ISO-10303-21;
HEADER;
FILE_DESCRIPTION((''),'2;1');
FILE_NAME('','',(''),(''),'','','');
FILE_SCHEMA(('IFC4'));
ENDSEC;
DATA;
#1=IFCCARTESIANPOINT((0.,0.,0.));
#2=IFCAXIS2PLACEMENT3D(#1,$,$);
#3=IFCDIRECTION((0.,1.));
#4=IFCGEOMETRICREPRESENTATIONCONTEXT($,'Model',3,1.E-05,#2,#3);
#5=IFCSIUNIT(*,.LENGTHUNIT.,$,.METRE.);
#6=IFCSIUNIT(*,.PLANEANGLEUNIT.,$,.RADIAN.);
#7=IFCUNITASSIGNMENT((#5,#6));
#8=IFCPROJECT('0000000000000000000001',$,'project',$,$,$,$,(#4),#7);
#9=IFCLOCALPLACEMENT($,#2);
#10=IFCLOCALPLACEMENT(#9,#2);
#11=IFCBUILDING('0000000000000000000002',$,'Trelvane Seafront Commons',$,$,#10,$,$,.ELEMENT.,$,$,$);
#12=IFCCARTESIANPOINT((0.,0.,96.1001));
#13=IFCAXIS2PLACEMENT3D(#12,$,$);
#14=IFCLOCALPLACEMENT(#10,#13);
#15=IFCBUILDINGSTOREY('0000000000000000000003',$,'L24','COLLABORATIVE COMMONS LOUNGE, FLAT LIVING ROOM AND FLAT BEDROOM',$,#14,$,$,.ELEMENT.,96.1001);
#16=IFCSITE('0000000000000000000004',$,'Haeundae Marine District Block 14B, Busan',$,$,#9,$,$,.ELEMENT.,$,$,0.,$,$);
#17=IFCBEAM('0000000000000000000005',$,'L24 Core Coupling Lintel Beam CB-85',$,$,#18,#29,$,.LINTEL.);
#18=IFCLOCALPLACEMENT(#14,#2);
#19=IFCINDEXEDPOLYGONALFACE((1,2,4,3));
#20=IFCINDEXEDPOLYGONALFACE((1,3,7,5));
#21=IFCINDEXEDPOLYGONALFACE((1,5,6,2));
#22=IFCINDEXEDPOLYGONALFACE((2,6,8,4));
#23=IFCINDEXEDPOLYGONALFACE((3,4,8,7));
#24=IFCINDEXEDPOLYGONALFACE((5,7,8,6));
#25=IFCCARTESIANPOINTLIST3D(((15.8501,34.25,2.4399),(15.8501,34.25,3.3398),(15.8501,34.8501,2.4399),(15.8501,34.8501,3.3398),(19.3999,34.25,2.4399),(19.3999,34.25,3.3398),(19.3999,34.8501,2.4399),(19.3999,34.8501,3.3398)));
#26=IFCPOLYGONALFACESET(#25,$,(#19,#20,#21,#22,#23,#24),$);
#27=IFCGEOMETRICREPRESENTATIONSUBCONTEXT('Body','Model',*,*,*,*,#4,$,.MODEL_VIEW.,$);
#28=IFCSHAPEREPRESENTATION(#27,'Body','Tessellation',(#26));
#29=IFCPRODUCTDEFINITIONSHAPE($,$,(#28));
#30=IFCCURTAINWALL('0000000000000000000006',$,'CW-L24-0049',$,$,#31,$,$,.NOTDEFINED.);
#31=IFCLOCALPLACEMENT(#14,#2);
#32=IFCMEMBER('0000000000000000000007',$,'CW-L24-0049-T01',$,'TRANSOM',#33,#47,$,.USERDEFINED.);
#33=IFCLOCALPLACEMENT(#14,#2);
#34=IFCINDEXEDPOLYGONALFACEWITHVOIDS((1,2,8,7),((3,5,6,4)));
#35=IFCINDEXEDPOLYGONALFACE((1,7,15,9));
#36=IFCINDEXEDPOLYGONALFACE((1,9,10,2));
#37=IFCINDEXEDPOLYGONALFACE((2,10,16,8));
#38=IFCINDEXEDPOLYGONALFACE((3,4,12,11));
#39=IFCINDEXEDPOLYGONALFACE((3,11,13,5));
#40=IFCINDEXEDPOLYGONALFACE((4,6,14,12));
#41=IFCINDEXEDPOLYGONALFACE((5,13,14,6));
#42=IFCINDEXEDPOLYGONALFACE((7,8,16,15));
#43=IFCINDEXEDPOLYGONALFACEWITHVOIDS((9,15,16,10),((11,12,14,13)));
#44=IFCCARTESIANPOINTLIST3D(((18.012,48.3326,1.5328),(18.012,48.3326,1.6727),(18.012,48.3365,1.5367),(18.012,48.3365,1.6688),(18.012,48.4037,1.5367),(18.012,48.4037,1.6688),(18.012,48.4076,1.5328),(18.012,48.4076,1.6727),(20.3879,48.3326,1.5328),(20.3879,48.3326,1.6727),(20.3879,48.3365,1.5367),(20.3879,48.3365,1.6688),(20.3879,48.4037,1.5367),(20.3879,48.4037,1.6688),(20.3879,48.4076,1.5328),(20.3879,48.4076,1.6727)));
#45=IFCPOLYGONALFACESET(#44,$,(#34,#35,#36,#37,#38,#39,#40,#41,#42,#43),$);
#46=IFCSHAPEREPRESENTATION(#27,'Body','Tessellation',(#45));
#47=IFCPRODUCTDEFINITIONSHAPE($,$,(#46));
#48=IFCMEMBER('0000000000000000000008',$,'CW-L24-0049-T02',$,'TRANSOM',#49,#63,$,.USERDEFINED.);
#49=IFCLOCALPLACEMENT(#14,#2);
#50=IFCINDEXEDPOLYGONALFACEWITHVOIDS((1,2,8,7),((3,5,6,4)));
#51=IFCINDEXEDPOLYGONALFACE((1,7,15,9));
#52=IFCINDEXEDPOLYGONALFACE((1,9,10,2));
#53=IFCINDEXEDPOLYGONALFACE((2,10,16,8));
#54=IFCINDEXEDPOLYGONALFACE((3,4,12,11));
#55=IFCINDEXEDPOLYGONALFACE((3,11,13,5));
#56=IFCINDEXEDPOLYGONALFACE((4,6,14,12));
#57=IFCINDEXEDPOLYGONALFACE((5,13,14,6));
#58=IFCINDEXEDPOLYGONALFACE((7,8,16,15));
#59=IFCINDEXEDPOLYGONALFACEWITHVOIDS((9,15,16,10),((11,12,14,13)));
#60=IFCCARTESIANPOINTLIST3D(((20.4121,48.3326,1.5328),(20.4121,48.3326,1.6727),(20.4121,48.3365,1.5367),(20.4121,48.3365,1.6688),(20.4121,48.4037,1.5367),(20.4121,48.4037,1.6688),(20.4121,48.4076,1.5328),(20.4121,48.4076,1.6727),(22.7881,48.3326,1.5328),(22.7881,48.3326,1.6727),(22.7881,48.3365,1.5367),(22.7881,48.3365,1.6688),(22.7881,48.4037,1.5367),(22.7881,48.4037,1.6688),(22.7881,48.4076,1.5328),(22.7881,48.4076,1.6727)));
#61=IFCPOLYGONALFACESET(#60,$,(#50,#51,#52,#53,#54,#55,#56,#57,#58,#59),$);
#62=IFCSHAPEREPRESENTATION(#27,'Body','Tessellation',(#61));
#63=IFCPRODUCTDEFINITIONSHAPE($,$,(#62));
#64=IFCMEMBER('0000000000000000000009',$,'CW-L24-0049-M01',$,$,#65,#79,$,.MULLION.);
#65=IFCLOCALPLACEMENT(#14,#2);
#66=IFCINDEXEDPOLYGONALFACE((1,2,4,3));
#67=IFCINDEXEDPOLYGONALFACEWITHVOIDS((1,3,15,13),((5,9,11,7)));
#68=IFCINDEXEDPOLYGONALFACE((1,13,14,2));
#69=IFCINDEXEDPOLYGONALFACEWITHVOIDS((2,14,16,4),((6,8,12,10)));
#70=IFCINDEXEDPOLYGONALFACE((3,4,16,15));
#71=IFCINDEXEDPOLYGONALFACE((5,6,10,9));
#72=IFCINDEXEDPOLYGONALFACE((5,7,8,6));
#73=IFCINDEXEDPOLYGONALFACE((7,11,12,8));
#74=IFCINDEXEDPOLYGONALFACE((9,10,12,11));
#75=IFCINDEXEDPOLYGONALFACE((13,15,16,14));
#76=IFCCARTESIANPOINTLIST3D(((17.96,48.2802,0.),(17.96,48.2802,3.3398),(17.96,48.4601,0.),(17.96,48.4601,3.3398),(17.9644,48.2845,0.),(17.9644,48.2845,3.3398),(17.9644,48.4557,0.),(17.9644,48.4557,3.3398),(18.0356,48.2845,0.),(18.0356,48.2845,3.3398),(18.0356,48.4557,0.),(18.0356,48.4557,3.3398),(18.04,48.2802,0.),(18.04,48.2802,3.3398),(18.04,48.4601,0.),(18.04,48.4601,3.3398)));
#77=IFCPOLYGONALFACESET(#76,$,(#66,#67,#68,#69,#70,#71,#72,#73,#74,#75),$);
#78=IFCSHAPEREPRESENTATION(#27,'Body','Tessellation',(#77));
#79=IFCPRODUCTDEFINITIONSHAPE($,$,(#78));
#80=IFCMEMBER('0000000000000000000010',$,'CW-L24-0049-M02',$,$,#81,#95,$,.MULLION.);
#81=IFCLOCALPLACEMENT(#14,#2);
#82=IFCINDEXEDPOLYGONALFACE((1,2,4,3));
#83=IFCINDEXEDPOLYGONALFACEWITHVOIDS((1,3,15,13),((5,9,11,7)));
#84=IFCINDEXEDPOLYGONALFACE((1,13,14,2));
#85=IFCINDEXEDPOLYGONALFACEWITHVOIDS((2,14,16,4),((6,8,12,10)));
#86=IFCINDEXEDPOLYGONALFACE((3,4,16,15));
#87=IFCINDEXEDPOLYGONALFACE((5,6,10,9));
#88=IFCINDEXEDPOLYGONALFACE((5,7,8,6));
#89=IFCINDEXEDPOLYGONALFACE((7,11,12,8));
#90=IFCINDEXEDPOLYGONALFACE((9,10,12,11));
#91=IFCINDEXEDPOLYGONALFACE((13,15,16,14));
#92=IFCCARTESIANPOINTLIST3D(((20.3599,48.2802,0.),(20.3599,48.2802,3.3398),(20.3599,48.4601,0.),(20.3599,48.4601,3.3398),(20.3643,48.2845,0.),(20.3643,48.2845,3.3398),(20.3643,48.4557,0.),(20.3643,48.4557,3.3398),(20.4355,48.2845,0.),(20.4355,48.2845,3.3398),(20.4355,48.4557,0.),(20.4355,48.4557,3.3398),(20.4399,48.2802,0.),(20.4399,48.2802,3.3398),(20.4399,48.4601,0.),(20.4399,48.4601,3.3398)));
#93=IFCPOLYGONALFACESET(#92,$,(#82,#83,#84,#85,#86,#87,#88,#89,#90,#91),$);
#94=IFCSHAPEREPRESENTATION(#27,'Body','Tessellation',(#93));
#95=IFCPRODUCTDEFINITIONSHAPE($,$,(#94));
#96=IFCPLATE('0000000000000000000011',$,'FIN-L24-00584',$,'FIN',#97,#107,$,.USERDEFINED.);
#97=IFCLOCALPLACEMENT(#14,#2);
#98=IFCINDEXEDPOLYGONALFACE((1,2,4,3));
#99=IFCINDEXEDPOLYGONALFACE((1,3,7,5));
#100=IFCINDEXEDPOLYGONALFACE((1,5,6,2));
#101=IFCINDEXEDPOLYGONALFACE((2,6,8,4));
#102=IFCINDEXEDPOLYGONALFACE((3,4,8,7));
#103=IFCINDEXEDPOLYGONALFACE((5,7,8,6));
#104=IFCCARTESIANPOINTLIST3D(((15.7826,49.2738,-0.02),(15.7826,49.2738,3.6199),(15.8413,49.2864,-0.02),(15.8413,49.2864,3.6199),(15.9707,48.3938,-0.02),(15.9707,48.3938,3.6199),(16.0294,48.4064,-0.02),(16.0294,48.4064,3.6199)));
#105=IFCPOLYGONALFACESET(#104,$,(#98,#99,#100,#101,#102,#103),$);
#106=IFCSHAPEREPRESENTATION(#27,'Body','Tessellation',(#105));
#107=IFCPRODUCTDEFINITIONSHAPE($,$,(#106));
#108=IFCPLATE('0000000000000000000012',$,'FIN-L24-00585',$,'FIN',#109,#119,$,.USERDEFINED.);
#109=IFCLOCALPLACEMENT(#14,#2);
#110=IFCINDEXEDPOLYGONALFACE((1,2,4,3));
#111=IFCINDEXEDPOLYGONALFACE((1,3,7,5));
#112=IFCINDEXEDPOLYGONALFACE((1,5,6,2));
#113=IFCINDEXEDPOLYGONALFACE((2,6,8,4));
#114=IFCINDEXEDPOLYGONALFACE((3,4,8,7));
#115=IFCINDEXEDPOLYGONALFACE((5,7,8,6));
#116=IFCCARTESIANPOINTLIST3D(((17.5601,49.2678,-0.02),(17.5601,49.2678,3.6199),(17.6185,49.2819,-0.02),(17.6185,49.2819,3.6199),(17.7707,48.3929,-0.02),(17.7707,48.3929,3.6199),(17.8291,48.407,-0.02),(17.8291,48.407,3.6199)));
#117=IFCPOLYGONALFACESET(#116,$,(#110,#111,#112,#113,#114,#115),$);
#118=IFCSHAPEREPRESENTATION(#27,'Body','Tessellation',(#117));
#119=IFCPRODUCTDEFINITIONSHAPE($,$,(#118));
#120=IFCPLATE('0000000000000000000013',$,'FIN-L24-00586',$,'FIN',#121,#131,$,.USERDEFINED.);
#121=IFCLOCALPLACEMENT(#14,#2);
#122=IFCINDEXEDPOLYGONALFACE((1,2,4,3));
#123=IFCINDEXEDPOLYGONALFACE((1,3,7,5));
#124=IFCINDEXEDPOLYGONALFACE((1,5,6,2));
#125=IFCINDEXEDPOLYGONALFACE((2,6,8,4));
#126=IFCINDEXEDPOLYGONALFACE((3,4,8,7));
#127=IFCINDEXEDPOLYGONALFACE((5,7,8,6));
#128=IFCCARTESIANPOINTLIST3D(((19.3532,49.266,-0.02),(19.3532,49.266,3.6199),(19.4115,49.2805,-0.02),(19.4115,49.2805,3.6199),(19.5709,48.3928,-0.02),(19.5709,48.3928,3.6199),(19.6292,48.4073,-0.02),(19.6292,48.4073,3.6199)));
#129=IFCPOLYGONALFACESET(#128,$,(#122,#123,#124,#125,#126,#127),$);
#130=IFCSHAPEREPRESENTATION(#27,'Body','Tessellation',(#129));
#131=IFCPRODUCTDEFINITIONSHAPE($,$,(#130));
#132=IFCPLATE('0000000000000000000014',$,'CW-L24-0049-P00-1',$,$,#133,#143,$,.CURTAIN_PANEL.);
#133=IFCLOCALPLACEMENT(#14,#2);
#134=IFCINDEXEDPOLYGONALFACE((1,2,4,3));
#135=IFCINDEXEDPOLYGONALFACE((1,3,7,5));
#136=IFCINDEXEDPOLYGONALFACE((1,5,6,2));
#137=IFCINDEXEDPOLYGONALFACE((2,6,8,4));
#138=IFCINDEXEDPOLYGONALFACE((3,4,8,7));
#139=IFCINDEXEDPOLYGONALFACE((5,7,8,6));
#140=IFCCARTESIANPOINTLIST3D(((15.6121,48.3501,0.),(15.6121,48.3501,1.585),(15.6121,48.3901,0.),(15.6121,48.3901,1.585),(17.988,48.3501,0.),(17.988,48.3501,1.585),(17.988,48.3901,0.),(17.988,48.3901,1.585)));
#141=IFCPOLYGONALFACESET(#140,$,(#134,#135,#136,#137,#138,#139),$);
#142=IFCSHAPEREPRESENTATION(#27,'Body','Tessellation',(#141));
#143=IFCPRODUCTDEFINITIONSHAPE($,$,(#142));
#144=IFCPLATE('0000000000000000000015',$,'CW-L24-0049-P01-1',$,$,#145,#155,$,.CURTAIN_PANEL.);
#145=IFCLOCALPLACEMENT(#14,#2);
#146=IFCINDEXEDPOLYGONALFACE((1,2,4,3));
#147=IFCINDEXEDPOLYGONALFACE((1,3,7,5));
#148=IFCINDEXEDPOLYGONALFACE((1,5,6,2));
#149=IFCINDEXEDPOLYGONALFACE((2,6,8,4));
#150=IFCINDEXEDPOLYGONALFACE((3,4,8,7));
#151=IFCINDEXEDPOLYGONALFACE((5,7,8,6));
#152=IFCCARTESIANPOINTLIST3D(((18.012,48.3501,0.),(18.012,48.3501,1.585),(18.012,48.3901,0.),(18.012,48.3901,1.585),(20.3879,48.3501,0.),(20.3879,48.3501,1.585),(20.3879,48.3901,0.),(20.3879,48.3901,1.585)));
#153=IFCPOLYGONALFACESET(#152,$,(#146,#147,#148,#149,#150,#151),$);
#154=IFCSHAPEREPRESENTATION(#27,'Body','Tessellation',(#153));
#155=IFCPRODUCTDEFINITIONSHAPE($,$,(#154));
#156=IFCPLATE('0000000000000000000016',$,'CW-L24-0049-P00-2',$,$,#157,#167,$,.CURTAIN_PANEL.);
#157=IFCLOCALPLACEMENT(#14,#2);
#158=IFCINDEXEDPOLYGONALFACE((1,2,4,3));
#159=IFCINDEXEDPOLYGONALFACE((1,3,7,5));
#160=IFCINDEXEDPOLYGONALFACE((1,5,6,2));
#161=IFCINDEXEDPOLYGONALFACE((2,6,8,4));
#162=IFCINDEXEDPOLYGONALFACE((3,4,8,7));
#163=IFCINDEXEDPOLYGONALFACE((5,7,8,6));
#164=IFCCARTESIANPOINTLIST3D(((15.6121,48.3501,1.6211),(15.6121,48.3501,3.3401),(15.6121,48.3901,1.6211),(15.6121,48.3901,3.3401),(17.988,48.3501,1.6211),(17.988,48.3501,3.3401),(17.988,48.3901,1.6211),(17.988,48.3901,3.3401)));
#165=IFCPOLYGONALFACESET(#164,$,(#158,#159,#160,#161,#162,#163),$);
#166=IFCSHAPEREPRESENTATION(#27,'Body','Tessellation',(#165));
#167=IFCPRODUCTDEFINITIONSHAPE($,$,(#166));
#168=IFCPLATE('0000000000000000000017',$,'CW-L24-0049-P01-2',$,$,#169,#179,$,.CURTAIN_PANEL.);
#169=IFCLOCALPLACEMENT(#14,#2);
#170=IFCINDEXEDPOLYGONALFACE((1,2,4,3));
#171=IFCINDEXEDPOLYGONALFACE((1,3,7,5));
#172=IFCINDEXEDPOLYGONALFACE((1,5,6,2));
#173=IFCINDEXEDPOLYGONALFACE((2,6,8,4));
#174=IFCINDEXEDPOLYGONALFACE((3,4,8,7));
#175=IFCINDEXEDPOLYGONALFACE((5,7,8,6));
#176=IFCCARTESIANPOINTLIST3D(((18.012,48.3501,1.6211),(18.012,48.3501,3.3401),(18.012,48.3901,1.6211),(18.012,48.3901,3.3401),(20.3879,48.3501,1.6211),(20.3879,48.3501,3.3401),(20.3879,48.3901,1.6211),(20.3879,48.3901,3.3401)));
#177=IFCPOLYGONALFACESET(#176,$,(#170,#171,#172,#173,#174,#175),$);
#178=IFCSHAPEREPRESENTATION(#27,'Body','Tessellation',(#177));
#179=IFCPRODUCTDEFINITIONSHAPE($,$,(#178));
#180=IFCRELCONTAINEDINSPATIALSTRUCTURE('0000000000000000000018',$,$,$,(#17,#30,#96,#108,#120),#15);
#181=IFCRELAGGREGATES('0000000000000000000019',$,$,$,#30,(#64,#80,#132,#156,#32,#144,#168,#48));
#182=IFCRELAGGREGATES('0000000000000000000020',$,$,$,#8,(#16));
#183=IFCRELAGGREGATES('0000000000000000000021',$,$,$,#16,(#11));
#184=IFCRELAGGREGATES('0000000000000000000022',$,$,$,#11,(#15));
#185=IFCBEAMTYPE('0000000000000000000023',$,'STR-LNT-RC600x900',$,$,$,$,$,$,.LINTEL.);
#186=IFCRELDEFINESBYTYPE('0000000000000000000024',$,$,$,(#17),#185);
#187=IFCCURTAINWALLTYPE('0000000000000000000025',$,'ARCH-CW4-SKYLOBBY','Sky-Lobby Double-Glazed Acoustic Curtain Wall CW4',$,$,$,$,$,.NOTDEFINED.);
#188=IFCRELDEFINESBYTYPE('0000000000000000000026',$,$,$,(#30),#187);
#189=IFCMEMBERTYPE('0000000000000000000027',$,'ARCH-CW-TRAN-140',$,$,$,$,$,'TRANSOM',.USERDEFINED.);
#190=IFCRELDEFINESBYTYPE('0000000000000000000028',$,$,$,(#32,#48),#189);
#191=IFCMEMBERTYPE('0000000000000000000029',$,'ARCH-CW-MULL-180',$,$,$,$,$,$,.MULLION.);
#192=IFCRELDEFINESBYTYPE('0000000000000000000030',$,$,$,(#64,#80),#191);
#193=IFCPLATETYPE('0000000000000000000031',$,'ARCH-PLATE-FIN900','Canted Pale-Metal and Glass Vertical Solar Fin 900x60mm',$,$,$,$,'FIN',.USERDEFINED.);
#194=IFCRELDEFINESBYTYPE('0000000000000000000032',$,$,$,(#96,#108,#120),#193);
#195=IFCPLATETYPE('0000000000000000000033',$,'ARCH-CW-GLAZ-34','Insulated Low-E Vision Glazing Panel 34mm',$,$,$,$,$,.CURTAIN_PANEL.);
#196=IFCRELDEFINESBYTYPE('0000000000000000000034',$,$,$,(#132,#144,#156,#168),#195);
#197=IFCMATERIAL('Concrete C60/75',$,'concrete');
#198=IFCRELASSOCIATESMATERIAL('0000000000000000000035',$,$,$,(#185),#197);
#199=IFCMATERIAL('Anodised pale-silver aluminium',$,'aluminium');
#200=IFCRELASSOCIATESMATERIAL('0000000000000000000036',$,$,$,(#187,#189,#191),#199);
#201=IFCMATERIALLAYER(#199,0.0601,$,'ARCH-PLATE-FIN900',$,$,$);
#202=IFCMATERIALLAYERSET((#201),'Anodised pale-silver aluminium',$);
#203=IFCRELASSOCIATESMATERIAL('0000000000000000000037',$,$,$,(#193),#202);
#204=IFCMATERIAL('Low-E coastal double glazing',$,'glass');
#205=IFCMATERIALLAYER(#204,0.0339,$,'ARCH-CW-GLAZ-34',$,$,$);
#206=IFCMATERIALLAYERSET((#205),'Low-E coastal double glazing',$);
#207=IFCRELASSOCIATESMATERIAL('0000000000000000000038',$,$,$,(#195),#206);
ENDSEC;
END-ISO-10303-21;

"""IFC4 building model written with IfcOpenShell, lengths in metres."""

from ifc_helpers import new_model, si_unit, direction, frame, origin, origin_2d, place, context, subcontext, project, spatial, rectangle, hollow_rectangle, extrude, source, transform, mapped, material, layer, layer_set, material_profile, profile_set, type_object, element, aggregate, save


model = new_model("IFC4")

# Units and contexts
model_context = context("Model", 3, precision=1e-05, world=origin(), true_north=direction((0.0, 1.0)))
body_context = subcontext(model_context, "Body", "Model", "MODEL_VIEW")
ifc_project = project(units=[si_unit("LENGTHUNIT", "METRE"), si_unit("PLANEANGLEUNIT", "RADIAN")], contexts=[model_context])

# Site, building, storey
site_placement = place(None, origin())
site = spatial("IfcSite", under=ifc_project, at=site_placement, Name="Haeundae Marine District Block 14B, Busan", CompositionType="ELEMENT", RefElevation=0.0)
building_placement = place(site_placement, origin())
building = spatial("IfcBuilding", under=site, at=building_placement, Name="Trelvane Seafront Commons", CompositionType="ELEMENT")
storey_placement = place(building_placement, frame((0.0, 0.0, 96.1001)))
storey = spatial("IfcBuildingStorey", under=building, at=storey_placement, Name="L24", Description="COLLABORATIVE COMMONS LOUNGE, FLAT LIVING ROOM AND FLAT BEDROOM", CompositionType="ELEMENT", Elevation=96.1001)

# Beam
ifc_material_1 = material(Name="Concrete C60/75", Category="concrete")
ifc_material_profile_1 = material_profile(ifc_material_1, rectangle(XDim=0.6001, YDim=0.8999, at=origin_2d()), Name="RC-600x900")
ifc_profile_set_1 = profile_set([ifc_material_profile_1], Name="Concrete C60/75")
beam_type = type_object("IfcBeamType", Name="STR-LNT-RC600x900", PredefinedType="LINTEL", material=ifc_profile_set_1)
shared_shape_1 = source(origin(), body_context, "Body", "SweptSolid", [
    extrude(rectangle(XDim=0.6001, YDim=0.8999, at=origin_2d()), origin(), (0.0, 0.0, 1.0), 3.5498),
])
beam_placement = place(storey_placement, frame((15.8501, 34.55, 2.8899), z_axis=(1.0, 0.0, 0.0), x_axis=(0.0, 1.0, 0.0)))
element("IfcBeam", 1, at=beam_placement, inside=storey, type_object=beam_type, Name="L24 Core Coupling Lintel Beam CB-85", PredefinedType="LINTEL", context=body_context, shape_type="MappedRepresentation", body=[
    mapped(shared_shape_1, transform((0.0, 0.0, 0.0), x_axis=(1.0, 0.0, 0.0), y_axis=(0.0, 1.0, 0.0), z_axis=(0.0, 0.0, 1.0), scale=1.0)),
])

# Curtain wall, members
ifc_material_2 = material(Name="Anodised pale-silver aluminium", Category="aluminium")
curtain_wall_type = type_object("IfcCurtainWallType", Name="ARCH-CW4-SKYLOBBY", Description="Sky-Lobby Double-Glazed Acoustic Curtain Wall CW4", PredefinedType="NOTDEFINED", material=ifc_material_2)
curtain_wall_placement = place(storey_placement, origin())
curtain_wall = element("IfcCurtainWall", 2, at=curtain_wall_placement, inside=storey, type_object=curtain_wall_type, Name="CW-L24-0049", PredefinedType="NOTDEFINED")
ifc_material_profile_2 = material_profile(ifc_material_2, hollow_rectangle(XDim=0.075, YDim=0.1399, WallThickness=0.0039, at=origin_2d()), Name="TRAN-75x140x4")
ifc_profile_set_2 = profile_set([ifc_material_profile_2], Name="Anodised pale-silver aluminium")
member_type_1 = type_object("IfcMemberType", Name="ARCH-CW-TRAN-140", ElementType="TRANSOM", PredefinedType="USERDEFINED", material=ifc_profile_set_2)
shared_shape_2 = source(origin(), body_context, "Body", "SweptSolid", [
    extrude(hollow_rectangle(XDim=0.075, YDim=0.1399, WallThickness=0.0039, at=origin_2d()), origin(), (0.0, 0.0, 1.0), 2.376),
])
member_1_placement = place(storey_placement, frame((18.012, 48.3701, 1.6028), z_axis=(1.0, 0.0, 0.0), x_axis=(0.0, 1.0, 0.0)))
member_1 = element("IfcMember", 3, at=member_1_placement, type_object=member_type_1, Name="CW-L24-0049-T01", ObjectType="TRANSOM", PredefinedType="USERDEFINED", context=body_context, shape_type="MappedRepresentation", body=[
    mapped(shared_shape_2, transform((0.0, 0.0, 0.0), x_axis=(1.0, 0.0, 0.0), y_axis=(0.0, 1.0, 0.0), z_axis=(0.0, 0.0, 1.0), scale=1.0)),
])
member_2_placement = place(storey_placement, frame((20.4121, 48.3701, 1.6028), z_axis=(1.0, 0.0, 0.0), x_axis=(0.0, 1.0, 0.0)))
member_2 = element("IfcMember", 4, at=member_2_placement, type_object=member_type_1, Name="CW-L24-0049-T02", ObjectType="TRANSOM", PredefinedType="USERDEFINED", context=body_context, shape_type="MappedRepresentation", body=[
    mapped(shared_shape_2, transform((0.0, 0.0, 0.0), x_axis=(1.0, 0.0, 0.0), y_axis=(0.0, 1.0, 0.0), z_axis=(0.0, 0.0, 1.0), scale=1.0)),
])
ifc_material_profile_3 = material_profile(ifc_material_2, hollow_rectangle(XDim=0.0801, YDim=0.1799, WallThickness=0.0044, at=origin_2d()), Name="MULL-80x180x4.5")
ifc_profile_set_3 = profile_set([ifc_material_profile_3], Name="Anodised pale-silver aluminium")
member_type_2 = type_object("IfcMemberType", Name="ARCH-CW-MULL-180", PredefinedType="MULLION", material=ifc_profile_set_3)
shared_shape_3 = source(origin(), body_context, "Body", "SweptSolid", [
    extrude(hollow_rectangle(XDim=0.0801, YDim=0.1799, WallThickness=0.0044, at=origin_2d()), origin(), (0.0, 0.0, 1.0), 3.3398),
])
member_3_placement = place(storey_placement, frame((18.0, 48.3701, 0.0), z_axis=(0.0, 0.0, 1.0), x_axis=(1.0, 0.0, 0.0)))
member_3 = element("IfcMember", 5, at=member_3_placement, type_object=member_type_2, Name="CW-L24-0049-M01", PredefinedType="MULLION", context=body_context, shape_type="MappedRepresentation", body=[
    mapped(shared_shape_3, transform((0.0, 0.0, 0.0), x_axis=(1.0, 0.0, 0.0), y_axis=(0.0, 1.0, 0.0), z_axis=(0.0, 0.0, 1.0), scale=1.0)),
])
member_4_placement = place(storey_placement, frame((20.3999, 48.3701, 0.0), z_axis=(0.0, 0.0, 1.0), x_axis=(1.0, 0.0, 0.0)))
member_4 = element("IfcMember", 6, at=member_4_placement, type_object=member_type_2, Name="CW-L24-0049-M02", PredefinedType="MULLION", context=body_context, shape_type="MappedRepresentation", body=[
    mapped(shared_shape_3, transform((0.0, 0.0, 0.0), x_axis=(1.0, 0.0, 0.0), y_axis=(0.0, 1.0, 0.0), z_axis=(0.0, 0.0, 1.0), scale=1.0)),
])

# Plates
ifc_layer_1 = layer(ifc_material_2, 0.0601, Name="ARCH-PLATE-FIN900")
ifc_layer_set_1 = layer_set([ifc_layer_1], Name="Anodised pale-silver aluminium")
plate_type_1 = type_object("IfcPlateType", Name="ARCH-PLATE-FIN900", Description="Canted Pale-Metal and Glass Vertical Solar Fin 900x60mm", ElementType="FIN", PredefinedType="USERDEFINED", material=ifc_layer_set_1)
shared_shape_4 = source(origin(), body_context, "Body", "SweptSolid", [
    extrude(rectangle(XDim=0.8999, YDim=0.0601, at=origin_2d()), origin(), (0.0, 0.0, 1.0), 3.6399),
])
for number, where, z_axis, x_axis, name in (
    (7, (15.906, 48.8401, -0.02), (0.0, 0.0, 1.0), (-0.209006, 0.977914, 0.0), "FIN-L24-00584"),
    (8, (17.6946, 48.8374, -0.02), (0.0, 0.0, 1.0), (-0.234004, 0.972236, 0.0), "FIN-L24-00585"),
    (9, (19.4912, 48.8367, -0.02), (0.0, 0.0, 1.0), (-0.241881, 0.970306, 0.0), "FIN-L24-00586"),
):
    element("IfcPlate", number, at=place(storey_placement, frame(where, z_axis=z_axis, x_axis=x_axis)), inside=storey, type_object=plate_type_1, Name=name, ObjectType="FIN", PredefinedType="USERDEFINED", context=body_context, shape_type="MappedRepresentation", body=[
        mapped(shared_shape_4, transform((0.0, 0.0, 0.0), x_axis=(1.0, 0.0, 0.0), y_axis=(0.0, 1.0, 0.0), z_axis=(0.0, 0.0, 1.0), scale=1.0)),
    ])

# Plates
ifc_material_3 = material(Name="Low-E coastal double glazing", Category="glass")
ifc_layer_2 = layer(ifc_material_3, 0.0339, Name="ARCH-CW-GLAZ-34")
ifc_layer_set_2 = layer_set([ifc_layer_2], Name="Low-E coastal double glazing")
plate_type_2 = type_object("IfcPlateType", Name="ARCH-CW-GLAZ-34", Description="Insulated Low-E Vision Glazing Panel 34mm", PredefinedType="CURTAIN_PANEL", material=ifc_layer_set_2)
shared_shape_5 = source(origin(), body_context, "Body", "SweptSolid", [
    extrude(rectangle(XDim=2.376, YDim=0.04, at=origin_2d()), origin(), (0.0, 0.0, 1.0), 1.585),
])
plate_1_placement = place(storey_placement, frame((16.8, 48.3701, 0.0), z_axis=(0.0, 0.0, 1.0), x_axis=(1.0, 0.0, 0.0)))
plate_1 = element("IfcPlate", 10, at=plate_1_placement, type_object=plate_type_2, Name="CW-L24-0049-P00-1", PredefinedType="CURTAIN_PANEL", context=body_context, shape_type="MappedRepresentation", body=[
    mapped(shared_shape_5, transform((0.0, 0.0, 0.0), x_axis=(1.0, 0.0, 0.0), y_axis=(0.0, 1.0, 0.0), z_axis=(0.0, 0.0, 1.0), scale=1.0)),
])
plate_2_placement = place(storey_placement, frame((19.2, 48.3701, 0.0), z_axis=(0.0, 0.0, 1.0), x_axis=(1.0, 0.0, 0.0)))
plate_2 = element("IfcPlate", 11, at=plate_2_placement, type_object=plate_type_2, Name="CW-L24-0049-P01-1", PredefinedType="CURTAIN_PANEL", context=body_context, shape_type="MappedRepresentation", body=[
    mapped(shared_shape_5, transform((0.0, 0.0, 0.0), x_axis=(1.0, 0.0, 0.0), y_axis=(0.0, 1.0, 0.0), z_axis=(0.0, 0.0, 1.0), scale=1.0)),
])
shared_shape_6 = source(origin(), body_context, "Body", "SweptSolid", [
    extrude(rectangle(XDim=2.376, YDim=0.04, at=origin_2d()), origin(), (0.0, 0.0, 1.0), 1.719),
])
plate_3_placement = place(storey_placement, frame((16.8, 48.3701, 1.6211), z_axis=(0.0, 0.0, 1.0), x_axis=(1.0, 0.0, 0.0)))
plate_3 = element("IfcPlate", 12, at=plate_3_placement, type_object=plate_type_2, Name="CW-L24-0049-P00-2", PredefinedType="CURTAIN_PANEL", context=body_context, shape_type="MappedRepresentation", body=[
    mapped(shared_shape_6, transform((0.0, 0.0, 0.0), x_axis=(1.0, 0.0, 0.0), y_axis=(0.0, 1.0, 0.0), z_axis=(0.0, 0.0, 1.0), scale=1.0)),
])
plate_4_placement = place(storey_placement, frame((19.2, 48.3701, 1.6211), z_axis=(0.0, 0.0, 1.0), x_axis=(1.0, 0.0, 0.0)))
plate_4 = element("IfcPlate", 13, at=plate_4_placement, type_object=plate_type_2, Name="CW-L24-0049-P01-2", PredefinedType="CURTAIN_PANEL", context=body_context, shape_type="MappedRepresentation", body=[
    mapped(shared_shape_6, transform((0.0, 0.0, 0.0), x_axis=(1.0, 0.0, 0.0), y_axis=(0.0, 1.0, 0.0), z_axis=(0.0, 0.0, 1.0), scale=1.0)),
])
aggregate(curtain_wall, [member_3, member_4, plate_1, plate_3, member_1, plate_2, plate_4, member_2])

save(model, "model.ifc")
